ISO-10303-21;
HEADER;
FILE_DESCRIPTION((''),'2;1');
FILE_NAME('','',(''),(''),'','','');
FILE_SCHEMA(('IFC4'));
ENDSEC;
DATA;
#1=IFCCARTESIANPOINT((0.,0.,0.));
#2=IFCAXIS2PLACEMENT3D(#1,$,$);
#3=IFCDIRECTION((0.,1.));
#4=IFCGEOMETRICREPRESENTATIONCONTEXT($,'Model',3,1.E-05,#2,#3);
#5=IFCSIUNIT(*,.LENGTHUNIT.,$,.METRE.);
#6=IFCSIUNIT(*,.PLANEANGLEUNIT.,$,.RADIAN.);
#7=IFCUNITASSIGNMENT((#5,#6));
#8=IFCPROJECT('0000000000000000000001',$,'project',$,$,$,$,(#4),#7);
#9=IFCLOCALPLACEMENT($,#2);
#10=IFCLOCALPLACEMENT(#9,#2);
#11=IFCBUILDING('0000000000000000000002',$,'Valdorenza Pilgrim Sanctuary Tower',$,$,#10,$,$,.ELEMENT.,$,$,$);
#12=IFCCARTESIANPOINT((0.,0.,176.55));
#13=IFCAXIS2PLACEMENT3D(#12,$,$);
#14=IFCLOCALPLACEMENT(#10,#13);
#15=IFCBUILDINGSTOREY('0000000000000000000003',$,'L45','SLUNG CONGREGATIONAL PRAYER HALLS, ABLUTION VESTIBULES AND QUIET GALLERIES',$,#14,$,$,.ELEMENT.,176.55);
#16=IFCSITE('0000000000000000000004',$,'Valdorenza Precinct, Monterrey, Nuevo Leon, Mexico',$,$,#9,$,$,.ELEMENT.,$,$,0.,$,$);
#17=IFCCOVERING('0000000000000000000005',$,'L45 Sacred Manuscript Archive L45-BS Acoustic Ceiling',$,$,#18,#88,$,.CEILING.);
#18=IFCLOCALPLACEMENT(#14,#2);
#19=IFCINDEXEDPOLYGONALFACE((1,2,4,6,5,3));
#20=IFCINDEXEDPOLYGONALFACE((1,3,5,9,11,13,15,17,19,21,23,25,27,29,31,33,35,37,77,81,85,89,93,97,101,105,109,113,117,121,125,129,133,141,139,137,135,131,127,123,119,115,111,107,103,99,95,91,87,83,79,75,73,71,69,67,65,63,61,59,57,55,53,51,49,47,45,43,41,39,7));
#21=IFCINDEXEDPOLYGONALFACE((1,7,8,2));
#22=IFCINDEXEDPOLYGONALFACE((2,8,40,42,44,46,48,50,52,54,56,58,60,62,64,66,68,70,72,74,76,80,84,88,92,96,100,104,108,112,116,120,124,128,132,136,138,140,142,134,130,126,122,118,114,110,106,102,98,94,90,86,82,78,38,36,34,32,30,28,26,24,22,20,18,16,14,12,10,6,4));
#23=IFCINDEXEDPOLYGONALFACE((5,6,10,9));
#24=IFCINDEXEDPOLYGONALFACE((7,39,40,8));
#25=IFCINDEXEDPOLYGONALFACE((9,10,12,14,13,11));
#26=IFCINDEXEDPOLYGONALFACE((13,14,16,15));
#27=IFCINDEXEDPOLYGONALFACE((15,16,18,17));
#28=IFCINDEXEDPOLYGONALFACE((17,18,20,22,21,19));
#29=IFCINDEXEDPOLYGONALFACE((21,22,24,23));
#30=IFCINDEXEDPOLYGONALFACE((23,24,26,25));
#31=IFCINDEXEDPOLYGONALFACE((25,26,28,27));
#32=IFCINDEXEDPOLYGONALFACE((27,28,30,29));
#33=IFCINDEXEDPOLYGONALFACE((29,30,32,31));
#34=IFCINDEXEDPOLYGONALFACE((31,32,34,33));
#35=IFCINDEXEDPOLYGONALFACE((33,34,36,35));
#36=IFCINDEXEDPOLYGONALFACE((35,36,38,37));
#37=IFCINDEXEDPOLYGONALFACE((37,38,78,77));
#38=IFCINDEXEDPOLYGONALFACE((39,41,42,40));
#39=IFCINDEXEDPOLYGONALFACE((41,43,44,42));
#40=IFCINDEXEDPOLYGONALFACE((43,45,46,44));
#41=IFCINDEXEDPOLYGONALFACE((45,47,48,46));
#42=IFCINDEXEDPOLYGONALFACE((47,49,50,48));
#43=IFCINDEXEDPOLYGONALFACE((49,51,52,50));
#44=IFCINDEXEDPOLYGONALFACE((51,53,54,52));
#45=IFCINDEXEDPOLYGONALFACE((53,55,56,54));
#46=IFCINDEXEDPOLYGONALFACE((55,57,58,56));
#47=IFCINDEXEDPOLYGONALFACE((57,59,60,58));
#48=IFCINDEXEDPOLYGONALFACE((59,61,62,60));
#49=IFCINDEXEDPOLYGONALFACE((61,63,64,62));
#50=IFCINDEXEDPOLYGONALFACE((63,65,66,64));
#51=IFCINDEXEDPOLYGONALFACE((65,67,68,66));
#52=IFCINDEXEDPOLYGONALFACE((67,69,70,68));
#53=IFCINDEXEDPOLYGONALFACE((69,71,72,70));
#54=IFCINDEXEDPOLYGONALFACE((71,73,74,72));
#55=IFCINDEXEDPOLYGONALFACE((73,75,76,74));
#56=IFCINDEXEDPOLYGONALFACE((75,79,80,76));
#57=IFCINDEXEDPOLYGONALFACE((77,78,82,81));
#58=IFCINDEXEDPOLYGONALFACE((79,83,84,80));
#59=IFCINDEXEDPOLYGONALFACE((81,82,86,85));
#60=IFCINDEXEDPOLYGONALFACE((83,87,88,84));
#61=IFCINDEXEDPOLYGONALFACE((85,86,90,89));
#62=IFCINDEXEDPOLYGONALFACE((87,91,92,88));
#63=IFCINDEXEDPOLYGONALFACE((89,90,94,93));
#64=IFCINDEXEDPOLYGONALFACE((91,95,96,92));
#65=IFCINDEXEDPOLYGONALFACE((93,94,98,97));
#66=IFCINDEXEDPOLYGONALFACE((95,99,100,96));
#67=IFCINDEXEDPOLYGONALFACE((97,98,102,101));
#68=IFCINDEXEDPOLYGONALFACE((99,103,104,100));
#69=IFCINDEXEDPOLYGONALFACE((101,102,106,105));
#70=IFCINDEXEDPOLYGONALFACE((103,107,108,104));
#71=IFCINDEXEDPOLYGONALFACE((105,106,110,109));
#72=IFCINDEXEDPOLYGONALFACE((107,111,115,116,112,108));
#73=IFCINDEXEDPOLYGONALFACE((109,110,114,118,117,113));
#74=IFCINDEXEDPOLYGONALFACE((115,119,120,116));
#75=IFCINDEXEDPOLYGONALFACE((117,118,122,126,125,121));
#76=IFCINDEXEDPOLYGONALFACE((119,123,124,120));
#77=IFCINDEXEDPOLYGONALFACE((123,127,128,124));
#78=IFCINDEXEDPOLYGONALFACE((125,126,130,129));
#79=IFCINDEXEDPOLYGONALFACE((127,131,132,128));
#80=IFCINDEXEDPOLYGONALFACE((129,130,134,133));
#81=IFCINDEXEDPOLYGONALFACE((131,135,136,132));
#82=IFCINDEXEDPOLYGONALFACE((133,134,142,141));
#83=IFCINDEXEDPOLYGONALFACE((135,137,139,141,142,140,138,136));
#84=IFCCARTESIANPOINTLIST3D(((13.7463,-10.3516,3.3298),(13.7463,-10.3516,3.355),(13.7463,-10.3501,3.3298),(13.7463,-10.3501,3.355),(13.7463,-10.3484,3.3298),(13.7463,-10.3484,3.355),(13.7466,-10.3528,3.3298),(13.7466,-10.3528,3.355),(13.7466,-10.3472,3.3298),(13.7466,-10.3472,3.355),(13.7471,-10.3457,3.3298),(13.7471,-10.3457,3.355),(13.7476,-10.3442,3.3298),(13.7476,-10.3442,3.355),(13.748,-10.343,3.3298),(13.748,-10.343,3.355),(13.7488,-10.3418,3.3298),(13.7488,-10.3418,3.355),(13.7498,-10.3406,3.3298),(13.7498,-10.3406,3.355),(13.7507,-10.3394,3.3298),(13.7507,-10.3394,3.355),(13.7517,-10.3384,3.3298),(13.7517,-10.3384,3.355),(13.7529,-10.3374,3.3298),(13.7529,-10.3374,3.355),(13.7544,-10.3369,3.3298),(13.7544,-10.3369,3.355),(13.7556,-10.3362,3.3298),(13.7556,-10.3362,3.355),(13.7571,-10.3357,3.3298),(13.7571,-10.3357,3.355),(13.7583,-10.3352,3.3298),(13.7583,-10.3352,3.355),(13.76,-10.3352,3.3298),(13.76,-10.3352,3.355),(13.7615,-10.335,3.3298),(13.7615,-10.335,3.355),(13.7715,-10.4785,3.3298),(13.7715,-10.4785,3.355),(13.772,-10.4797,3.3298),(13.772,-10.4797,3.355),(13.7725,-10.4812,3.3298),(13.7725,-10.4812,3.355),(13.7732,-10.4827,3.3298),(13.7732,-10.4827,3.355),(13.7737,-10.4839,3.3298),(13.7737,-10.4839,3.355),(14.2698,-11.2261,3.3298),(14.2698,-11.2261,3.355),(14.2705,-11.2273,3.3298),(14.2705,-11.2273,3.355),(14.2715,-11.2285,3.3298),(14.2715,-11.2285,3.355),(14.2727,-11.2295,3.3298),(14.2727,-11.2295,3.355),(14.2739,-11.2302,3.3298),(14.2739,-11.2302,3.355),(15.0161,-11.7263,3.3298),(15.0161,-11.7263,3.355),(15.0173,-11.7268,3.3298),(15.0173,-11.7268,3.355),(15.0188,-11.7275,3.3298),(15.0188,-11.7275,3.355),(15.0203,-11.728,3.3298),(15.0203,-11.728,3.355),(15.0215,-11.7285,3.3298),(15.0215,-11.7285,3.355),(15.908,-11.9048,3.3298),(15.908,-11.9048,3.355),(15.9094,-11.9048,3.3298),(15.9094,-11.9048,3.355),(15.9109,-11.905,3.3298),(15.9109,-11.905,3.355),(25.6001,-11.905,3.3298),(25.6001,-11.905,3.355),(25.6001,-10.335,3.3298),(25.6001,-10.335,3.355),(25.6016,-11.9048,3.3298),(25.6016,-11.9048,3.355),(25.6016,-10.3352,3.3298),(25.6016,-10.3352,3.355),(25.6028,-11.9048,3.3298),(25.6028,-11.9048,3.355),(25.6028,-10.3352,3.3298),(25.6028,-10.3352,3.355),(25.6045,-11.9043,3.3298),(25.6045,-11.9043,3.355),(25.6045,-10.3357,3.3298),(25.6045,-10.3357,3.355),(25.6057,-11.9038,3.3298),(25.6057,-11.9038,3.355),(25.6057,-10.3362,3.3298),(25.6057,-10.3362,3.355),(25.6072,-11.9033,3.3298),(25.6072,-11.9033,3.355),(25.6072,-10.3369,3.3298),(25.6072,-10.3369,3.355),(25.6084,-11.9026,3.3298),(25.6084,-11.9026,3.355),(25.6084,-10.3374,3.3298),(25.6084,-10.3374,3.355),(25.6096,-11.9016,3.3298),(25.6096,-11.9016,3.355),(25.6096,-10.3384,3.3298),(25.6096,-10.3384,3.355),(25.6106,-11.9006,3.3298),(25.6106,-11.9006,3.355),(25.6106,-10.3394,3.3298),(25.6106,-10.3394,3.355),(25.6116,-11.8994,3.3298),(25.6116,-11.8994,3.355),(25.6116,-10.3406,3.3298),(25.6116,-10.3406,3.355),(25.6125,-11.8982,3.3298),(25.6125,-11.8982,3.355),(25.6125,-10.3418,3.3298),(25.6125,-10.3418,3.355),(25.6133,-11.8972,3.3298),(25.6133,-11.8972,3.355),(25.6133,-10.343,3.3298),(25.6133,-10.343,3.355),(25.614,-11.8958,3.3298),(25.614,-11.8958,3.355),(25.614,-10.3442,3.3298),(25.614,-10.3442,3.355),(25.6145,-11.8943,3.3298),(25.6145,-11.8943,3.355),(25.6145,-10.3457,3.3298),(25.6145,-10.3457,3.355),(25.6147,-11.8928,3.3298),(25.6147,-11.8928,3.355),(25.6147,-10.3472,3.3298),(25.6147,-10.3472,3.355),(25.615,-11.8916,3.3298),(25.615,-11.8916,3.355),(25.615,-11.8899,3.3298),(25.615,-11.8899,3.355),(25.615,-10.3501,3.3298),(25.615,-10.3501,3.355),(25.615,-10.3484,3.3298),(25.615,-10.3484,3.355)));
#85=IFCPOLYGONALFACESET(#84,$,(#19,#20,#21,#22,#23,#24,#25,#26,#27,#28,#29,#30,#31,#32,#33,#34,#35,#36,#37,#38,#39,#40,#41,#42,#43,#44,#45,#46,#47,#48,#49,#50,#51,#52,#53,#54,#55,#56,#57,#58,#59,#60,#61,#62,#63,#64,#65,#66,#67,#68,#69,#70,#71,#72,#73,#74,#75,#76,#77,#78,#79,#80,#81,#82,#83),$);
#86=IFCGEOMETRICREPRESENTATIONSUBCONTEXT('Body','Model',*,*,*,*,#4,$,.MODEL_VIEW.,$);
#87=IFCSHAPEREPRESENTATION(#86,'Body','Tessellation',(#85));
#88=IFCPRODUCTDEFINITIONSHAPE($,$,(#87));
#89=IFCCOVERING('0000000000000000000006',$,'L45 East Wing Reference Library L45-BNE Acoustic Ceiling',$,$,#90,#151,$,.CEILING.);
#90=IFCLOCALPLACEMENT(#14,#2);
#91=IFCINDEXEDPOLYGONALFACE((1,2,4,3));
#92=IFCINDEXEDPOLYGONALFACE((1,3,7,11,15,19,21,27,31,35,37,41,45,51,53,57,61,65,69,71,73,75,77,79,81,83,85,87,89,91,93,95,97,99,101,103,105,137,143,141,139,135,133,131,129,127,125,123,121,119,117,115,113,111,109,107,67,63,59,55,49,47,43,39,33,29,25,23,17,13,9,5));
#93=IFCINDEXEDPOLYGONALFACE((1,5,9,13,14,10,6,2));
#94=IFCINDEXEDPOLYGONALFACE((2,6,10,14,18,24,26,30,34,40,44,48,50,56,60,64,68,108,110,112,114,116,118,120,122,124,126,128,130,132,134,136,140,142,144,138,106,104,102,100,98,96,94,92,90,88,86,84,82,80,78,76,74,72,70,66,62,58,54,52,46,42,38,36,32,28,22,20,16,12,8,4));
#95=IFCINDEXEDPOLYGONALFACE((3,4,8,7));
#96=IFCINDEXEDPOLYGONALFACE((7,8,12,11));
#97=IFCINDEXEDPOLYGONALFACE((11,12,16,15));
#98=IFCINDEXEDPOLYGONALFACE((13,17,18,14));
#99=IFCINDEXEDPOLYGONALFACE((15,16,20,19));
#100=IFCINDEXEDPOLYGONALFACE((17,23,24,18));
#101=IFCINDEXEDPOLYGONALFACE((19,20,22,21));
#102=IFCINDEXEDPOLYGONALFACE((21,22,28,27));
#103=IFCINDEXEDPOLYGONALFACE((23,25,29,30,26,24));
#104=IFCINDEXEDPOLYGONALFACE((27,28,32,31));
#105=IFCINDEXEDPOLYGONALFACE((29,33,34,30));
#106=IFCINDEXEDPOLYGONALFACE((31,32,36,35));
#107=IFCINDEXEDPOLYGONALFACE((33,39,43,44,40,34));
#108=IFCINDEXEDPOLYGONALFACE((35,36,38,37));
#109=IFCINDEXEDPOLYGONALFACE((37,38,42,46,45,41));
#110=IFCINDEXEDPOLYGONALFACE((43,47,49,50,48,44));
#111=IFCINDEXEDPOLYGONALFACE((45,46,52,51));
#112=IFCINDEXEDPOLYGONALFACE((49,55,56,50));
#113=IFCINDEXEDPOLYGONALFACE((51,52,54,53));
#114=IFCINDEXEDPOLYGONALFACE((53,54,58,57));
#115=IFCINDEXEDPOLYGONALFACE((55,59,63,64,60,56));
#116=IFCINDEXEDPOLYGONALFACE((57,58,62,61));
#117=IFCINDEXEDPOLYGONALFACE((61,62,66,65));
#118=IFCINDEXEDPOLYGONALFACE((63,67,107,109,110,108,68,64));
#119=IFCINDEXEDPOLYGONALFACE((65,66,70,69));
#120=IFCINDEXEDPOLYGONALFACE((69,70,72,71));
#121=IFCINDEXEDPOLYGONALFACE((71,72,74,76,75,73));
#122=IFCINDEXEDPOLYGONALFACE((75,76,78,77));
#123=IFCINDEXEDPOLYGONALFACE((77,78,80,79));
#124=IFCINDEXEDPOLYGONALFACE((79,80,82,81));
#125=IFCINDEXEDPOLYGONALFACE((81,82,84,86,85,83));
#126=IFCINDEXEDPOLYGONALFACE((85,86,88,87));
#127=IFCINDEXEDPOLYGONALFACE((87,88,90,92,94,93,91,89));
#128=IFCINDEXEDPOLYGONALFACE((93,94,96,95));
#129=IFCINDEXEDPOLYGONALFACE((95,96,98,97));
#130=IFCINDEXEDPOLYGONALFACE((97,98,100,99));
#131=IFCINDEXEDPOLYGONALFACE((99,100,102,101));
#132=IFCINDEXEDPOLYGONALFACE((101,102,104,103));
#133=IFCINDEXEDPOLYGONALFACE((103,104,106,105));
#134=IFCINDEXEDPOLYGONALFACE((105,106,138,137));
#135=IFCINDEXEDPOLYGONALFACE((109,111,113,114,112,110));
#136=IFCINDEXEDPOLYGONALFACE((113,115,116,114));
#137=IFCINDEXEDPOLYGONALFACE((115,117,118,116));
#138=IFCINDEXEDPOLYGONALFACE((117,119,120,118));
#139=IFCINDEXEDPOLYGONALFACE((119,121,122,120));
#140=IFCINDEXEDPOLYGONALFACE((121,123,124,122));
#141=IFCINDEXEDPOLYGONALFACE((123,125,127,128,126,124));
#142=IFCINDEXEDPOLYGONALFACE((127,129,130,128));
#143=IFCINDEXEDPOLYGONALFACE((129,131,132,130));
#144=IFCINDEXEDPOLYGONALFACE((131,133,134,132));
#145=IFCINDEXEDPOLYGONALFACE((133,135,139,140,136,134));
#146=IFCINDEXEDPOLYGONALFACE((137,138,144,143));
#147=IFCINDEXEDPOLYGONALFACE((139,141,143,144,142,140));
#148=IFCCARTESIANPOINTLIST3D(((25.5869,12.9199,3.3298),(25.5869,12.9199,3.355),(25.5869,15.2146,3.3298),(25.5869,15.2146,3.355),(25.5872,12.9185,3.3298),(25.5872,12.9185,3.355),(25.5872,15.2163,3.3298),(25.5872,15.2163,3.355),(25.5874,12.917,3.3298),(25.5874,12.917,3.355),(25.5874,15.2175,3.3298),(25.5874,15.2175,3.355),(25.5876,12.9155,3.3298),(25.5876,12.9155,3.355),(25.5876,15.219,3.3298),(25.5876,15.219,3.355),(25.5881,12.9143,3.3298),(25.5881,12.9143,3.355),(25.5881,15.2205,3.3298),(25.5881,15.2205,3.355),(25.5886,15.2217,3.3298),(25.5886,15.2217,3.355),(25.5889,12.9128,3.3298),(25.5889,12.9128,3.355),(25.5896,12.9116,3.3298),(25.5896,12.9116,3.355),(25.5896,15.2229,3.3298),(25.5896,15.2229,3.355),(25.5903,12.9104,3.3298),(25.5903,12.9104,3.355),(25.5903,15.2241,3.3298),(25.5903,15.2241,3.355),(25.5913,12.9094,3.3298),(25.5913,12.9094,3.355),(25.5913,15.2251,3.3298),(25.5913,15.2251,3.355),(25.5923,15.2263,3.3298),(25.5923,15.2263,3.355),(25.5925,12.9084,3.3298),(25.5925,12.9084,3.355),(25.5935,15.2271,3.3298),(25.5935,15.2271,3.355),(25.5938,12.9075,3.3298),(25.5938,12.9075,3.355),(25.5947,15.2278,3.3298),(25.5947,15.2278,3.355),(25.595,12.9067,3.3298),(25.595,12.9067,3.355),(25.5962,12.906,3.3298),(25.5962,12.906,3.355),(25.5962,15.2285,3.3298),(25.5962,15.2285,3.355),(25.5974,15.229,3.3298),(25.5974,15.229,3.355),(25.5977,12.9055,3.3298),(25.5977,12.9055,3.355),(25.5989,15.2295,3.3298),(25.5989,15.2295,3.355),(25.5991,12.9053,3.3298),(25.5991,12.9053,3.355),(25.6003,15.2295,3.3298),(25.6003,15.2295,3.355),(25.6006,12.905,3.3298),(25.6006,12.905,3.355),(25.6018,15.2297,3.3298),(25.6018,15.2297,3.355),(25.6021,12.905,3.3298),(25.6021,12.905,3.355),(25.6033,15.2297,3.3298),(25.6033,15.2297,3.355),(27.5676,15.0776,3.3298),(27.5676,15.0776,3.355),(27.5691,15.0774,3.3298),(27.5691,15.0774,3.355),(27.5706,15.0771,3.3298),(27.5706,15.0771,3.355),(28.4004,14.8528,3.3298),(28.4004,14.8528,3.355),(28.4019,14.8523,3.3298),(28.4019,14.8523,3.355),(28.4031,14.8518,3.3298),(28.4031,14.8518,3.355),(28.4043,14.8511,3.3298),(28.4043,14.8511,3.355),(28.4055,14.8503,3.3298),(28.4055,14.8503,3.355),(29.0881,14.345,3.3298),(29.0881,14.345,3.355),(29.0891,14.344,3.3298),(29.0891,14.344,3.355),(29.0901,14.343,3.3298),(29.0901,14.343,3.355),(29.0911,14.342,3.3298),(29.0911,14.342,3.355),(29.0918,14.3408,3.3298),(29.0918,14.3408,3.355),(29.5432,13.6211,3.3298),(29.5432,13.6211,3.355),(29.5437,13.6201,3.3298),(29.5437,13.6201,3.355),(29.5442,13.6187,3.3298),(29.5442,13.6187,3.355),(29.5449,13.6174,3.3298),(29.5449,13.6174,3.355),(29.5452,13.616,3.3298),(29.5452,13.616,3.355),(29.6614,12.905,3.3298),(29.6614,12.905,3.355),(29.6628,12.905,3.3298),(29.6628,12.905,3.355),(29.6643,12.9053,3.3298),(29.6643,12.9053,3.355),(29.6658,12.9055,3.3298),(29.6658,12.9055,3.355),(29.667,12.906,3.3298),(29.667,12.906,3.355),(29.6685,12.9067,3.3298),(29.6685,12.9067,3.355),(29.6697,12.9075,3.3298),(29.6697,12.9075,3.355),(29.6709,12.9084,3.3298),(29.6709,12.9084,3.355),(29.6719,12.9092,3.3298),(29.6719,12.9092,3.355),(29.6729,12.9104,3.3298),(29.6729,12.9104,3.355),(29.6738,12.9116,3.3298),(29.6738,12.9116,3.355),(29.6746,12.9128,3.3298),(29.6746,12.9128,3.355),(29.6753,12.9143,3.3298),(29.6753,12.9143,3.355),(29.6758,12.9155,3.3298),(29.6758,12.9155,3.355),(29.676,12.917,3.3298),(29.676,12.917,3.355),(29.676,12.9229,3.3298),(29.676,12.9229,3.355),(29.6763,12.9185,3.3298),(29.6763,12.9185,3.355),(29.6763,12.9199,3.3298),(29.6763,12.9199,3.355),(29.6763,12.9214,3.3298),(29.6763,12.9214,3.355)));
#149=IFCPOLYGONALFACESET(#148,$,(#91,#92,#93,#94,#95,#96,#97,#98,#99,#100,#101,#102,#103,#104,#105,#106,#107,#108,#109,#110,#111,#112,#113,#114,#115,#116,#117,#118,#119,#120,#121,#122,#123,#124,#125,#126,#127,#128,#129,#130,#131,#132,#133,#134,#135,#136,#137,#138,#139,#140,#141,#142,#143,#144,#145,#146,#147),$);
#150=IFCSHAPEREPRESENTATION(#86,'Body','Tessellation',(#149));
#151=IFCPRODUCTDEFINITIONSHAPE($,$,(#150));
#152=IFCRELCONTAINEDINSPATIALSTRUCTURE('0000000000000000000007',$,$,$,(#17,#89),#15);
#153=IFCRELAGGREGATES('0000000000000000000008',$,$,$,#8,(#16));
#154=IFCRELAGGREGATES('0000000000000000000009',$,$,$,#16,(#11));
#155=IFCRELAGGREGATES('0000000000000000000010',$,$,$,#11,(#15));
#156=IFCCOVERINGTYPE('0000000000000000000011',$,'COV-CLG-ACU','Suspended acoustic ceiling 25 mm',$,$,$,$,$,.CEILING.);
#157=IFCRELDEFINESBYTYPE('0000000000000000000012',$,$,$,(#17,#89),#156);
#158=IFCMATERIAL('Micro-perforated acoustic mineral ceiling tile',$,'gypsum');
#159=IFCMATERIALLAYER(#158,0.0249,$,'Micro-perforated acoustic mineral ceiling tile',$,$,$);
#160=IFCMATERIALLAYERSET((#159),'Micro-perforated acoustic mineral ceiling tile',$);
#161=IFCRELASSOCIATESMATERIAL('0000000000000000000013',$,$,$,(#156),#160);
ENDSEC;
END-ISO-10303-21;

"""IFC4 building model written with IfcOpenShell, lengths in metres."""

from ifc_helpers import new_model, si_unit, direction, frame, origin, place, context, subcontext, project, spatial, polyline, outline, extrude, material, layer, layer_set, type_object, element, save


model = new_model("IFC4")

# Units and contexts
model_context = context("Model", 3, precision=1e-05, world=origin(), true_north=direction((0.0, 1.0)))
body_context = subcontext(model_context, "Body", "Model", "MODEL_VIEW")
ifc_project = project(units=[si_unit("LENGTHUNIT", "METRE"), si_unit("PLANEANGLEUNIT", "RADIAN")], contexts=[model_context])

# Site, building, storey
site_placement = place(None, origin())
site = spatial("IfcSite", under=ifc_project, at=site_placement, Name="Valdorenza Precinct, Monterrey, Nuevo Leon, Mexico", CompositionType="ELEMENT", RefElevation=0.0)
building_placement = place(site_placement, origin())
building = spatial("IfcBuilding", under=site, at=building_placement, Name="Valdorenza Pilgrim Sanctuary Tower", CompositionType="ELEMENT")
storey_placement = place(building_placement, frame((0.0, 0.0, 176.55)))
storey = spatial("IfcBuildingStorey", under=building, at=storey_placement, Name="L45", Description="SLUNG CONGREGATIONAL PRAYER HALLS, ABLUTION VESTIBULES AND QUIET GALLERIES", CompositionType="ELEMENT", Elevation=176.55)

# Coverings
ifc_material_1 = material(Name="Micro-perforated acoustic mineral ceiling tile", Category="gypsum")
ifc_layer_1 = layer(ifc_material_1, 0.0249, Name="Micro-perforated acoustic mineral ceiling tile")
ifc_layer_set_1 = layer_set([ifc_layer_1], Name="Micro-perforated acoustic mineral ceiling tile")
covering_type_1 = type_object("IfcCoveringType", Name="COV-CLG-ACU", Description="Suspended acoustic ceiling 25 mm", PredefinedType="CEILING", material=ifc_layer_set_1)
covering_1_placement = place(storey_placement, frame((0.0, 0.0, 3.3298)))
element("IfcCovering", 1, at=covering_1_placement, inside=storey, type_object=covering_type_1, Name="L45 Sacred Manuscript Archive L45-BS Acoustic Ceiling", PredefinedType="CEILING", context=body_context, shape_type="SweptSolid", body=[
    extrude(outline(polyline([(25.615, -11.8899), (25.615, -11.8916), (25.6147, -11.8928), (25.6145, -11.8943), (25.614, -11.8958), (25.6133, -11.8972), (25.6125, -11.8982), (25.6116, -11.8994), (25.6106, -11.9006), (25.6096, -11.9016), (25.6084, -11.9026), (25.6072, -11.9033), (25.6057, -11.9038), (25.6045, -11.9043), (25.6028, -11.9048), (25.6016, -11.9048), (25.6001, -11.905), (15.9109, -11.905), (15.9094, -11.9048), (15.908, -11.9048), (15.0215, -11.7285), (15.0203, -11.728), (15.0188, -11.7275), (15.0173, -11.7268), (15.0161, -11.7263), (14.2739, -11.2302), (14.2727, -11.2295), (14.2715, -11.2285), (14.2705, -11.2273), (14.2698, -11.2261), (13.7737, -10.4839), (13.7732, -10.4827), (13.7725, -10.4812), (13.772, -10.4797), (13.7715, -10.4785), (13.7466, -10.3528), (13.7463, -10.3516), (13.7463, -10.3501), (13.7463, -10.3484), (13.7466, -10.3472), (13.7471, -10.3457), (13.7476, -10.3442), (13.748, -10.343), (13.7488, -10.3418), (13.7498, -10.3406), (13.7507, -10.3394), (13.7517, -10.3384), (13.7529, -10.3374), (13.7544, -10.3369), (13.7556, -10.3362), (13.7571, -10.3357), (13.7583, -10.3352), (13.76, -10.3352), (13.7615, -10.335), (25.6001, -10.335), (25.6016, -10.3352), (25.6028, -10.3352), (25.6045, -10.3357), (25.6057, -10.3362), (25.6072, -10.3369), (25.6084, -10.3374), (25.6096, -10.3384), (25.6106, -10.3394), (25.6116, -10.3406), (25.6125, -10.3418), (25.6133, -10.343), (25.614, -10.3442), (25.6145, -10.3457), (25.6147, -10.3472), (25.615, -10.3484), (25.615, -10.3501), (25.615, -11.8899)])), origin(), (0.0, 0.0, 1.0), 0.0251),
])
covering_2_placement = place(storey_placement, frame((0.0, 0.0, 3.3298)))
element("IfcCovering", 2, at=covering_2_placement, inside=storey, type_object=covering_type_1, Name="L45 East Wing Reference Library L45-BNE Acoustic Ceiling", PredefinedType="CEILING", context=body_context, shape_type="SweptSolid", body=[
    extrude(outline(polyline([(27.5676, 15.0776), (27.5691, 15.0774), (27.5706, 15.0771), (28.4004, 14.8528), (28.4019, 14.8523), (28.4031, 14.8518), (28.4043, 14.8511), (28.4055, 14.8503), (29.0881, 14.345), (29.0891, 14.344), (29.0901, 14.343), (29.0911, 14.342), (29.0918, 14.3408), (29.5432, 13.6211), (29.5437, 13.6201), (29.5442, 13.6187), (29.5449, 13.6174), (29.5452, 13.616), (29.676, 12.9229), (29.6763, 12.9214), (29.6763, 12.9199), (29.6763, 12.9185), (29.676, 12.917), (29.6758, 12.9155), (29.6753, 12.9143), (29.6746, 12.9128), (29.6738, 12.9116), (29.6729, 12.9104), (29.6719, 12.9092), (29.6709, 12.9084), (29.6697, 12.9075), (29.6685, 12.9067), (29.667, 12.906), (29.6658, 12.9055), (29.6643, 12.9053), (29.6628, 12.905), (29.6614, 12.905), (25.6021, 12.905), (25.6006, 12.905), (25.5991, 12.9053), (25.5977, 12.9055), (25.5962, 12.906), (25.595, 12.9067), (25.5938, 12.9075), (25.5925, 12.9084), (25.5913, 12.9094), (25.5903, 12.9104), (25.5896, 12.9116), (25.5889, 12.9128), (25.5881, 12.9143), (25.5876, 12.9155), (25.5874, 12.917), (25.5872, 12.9185), (25.5869, 12.9199), (25.5869, 15.2146), (25.5872, 15.2163), (25.5874, 15.2175), (25.5876, 15.219), (25.5881, 15.2205), (25.5886, 15.2217), (25.5896, 15.2229), (25.5903, 15.2241), (25.5913, 15.2251), (25.5923, 15.2263), (25.5935, 15.2271), (25.5947, 15.2278), (25.5962, 15.2285), (25.5974, 15.229), (25.5989, 15.2295), (25.6003, 15.2295), (25.6018, 15.2297), (25.6033, 15.2297), (27.5676, 15.0776)])), origin(), (0.0, 0.0, 1.0), 0.0251),
])

save(model, "model.ifc")
